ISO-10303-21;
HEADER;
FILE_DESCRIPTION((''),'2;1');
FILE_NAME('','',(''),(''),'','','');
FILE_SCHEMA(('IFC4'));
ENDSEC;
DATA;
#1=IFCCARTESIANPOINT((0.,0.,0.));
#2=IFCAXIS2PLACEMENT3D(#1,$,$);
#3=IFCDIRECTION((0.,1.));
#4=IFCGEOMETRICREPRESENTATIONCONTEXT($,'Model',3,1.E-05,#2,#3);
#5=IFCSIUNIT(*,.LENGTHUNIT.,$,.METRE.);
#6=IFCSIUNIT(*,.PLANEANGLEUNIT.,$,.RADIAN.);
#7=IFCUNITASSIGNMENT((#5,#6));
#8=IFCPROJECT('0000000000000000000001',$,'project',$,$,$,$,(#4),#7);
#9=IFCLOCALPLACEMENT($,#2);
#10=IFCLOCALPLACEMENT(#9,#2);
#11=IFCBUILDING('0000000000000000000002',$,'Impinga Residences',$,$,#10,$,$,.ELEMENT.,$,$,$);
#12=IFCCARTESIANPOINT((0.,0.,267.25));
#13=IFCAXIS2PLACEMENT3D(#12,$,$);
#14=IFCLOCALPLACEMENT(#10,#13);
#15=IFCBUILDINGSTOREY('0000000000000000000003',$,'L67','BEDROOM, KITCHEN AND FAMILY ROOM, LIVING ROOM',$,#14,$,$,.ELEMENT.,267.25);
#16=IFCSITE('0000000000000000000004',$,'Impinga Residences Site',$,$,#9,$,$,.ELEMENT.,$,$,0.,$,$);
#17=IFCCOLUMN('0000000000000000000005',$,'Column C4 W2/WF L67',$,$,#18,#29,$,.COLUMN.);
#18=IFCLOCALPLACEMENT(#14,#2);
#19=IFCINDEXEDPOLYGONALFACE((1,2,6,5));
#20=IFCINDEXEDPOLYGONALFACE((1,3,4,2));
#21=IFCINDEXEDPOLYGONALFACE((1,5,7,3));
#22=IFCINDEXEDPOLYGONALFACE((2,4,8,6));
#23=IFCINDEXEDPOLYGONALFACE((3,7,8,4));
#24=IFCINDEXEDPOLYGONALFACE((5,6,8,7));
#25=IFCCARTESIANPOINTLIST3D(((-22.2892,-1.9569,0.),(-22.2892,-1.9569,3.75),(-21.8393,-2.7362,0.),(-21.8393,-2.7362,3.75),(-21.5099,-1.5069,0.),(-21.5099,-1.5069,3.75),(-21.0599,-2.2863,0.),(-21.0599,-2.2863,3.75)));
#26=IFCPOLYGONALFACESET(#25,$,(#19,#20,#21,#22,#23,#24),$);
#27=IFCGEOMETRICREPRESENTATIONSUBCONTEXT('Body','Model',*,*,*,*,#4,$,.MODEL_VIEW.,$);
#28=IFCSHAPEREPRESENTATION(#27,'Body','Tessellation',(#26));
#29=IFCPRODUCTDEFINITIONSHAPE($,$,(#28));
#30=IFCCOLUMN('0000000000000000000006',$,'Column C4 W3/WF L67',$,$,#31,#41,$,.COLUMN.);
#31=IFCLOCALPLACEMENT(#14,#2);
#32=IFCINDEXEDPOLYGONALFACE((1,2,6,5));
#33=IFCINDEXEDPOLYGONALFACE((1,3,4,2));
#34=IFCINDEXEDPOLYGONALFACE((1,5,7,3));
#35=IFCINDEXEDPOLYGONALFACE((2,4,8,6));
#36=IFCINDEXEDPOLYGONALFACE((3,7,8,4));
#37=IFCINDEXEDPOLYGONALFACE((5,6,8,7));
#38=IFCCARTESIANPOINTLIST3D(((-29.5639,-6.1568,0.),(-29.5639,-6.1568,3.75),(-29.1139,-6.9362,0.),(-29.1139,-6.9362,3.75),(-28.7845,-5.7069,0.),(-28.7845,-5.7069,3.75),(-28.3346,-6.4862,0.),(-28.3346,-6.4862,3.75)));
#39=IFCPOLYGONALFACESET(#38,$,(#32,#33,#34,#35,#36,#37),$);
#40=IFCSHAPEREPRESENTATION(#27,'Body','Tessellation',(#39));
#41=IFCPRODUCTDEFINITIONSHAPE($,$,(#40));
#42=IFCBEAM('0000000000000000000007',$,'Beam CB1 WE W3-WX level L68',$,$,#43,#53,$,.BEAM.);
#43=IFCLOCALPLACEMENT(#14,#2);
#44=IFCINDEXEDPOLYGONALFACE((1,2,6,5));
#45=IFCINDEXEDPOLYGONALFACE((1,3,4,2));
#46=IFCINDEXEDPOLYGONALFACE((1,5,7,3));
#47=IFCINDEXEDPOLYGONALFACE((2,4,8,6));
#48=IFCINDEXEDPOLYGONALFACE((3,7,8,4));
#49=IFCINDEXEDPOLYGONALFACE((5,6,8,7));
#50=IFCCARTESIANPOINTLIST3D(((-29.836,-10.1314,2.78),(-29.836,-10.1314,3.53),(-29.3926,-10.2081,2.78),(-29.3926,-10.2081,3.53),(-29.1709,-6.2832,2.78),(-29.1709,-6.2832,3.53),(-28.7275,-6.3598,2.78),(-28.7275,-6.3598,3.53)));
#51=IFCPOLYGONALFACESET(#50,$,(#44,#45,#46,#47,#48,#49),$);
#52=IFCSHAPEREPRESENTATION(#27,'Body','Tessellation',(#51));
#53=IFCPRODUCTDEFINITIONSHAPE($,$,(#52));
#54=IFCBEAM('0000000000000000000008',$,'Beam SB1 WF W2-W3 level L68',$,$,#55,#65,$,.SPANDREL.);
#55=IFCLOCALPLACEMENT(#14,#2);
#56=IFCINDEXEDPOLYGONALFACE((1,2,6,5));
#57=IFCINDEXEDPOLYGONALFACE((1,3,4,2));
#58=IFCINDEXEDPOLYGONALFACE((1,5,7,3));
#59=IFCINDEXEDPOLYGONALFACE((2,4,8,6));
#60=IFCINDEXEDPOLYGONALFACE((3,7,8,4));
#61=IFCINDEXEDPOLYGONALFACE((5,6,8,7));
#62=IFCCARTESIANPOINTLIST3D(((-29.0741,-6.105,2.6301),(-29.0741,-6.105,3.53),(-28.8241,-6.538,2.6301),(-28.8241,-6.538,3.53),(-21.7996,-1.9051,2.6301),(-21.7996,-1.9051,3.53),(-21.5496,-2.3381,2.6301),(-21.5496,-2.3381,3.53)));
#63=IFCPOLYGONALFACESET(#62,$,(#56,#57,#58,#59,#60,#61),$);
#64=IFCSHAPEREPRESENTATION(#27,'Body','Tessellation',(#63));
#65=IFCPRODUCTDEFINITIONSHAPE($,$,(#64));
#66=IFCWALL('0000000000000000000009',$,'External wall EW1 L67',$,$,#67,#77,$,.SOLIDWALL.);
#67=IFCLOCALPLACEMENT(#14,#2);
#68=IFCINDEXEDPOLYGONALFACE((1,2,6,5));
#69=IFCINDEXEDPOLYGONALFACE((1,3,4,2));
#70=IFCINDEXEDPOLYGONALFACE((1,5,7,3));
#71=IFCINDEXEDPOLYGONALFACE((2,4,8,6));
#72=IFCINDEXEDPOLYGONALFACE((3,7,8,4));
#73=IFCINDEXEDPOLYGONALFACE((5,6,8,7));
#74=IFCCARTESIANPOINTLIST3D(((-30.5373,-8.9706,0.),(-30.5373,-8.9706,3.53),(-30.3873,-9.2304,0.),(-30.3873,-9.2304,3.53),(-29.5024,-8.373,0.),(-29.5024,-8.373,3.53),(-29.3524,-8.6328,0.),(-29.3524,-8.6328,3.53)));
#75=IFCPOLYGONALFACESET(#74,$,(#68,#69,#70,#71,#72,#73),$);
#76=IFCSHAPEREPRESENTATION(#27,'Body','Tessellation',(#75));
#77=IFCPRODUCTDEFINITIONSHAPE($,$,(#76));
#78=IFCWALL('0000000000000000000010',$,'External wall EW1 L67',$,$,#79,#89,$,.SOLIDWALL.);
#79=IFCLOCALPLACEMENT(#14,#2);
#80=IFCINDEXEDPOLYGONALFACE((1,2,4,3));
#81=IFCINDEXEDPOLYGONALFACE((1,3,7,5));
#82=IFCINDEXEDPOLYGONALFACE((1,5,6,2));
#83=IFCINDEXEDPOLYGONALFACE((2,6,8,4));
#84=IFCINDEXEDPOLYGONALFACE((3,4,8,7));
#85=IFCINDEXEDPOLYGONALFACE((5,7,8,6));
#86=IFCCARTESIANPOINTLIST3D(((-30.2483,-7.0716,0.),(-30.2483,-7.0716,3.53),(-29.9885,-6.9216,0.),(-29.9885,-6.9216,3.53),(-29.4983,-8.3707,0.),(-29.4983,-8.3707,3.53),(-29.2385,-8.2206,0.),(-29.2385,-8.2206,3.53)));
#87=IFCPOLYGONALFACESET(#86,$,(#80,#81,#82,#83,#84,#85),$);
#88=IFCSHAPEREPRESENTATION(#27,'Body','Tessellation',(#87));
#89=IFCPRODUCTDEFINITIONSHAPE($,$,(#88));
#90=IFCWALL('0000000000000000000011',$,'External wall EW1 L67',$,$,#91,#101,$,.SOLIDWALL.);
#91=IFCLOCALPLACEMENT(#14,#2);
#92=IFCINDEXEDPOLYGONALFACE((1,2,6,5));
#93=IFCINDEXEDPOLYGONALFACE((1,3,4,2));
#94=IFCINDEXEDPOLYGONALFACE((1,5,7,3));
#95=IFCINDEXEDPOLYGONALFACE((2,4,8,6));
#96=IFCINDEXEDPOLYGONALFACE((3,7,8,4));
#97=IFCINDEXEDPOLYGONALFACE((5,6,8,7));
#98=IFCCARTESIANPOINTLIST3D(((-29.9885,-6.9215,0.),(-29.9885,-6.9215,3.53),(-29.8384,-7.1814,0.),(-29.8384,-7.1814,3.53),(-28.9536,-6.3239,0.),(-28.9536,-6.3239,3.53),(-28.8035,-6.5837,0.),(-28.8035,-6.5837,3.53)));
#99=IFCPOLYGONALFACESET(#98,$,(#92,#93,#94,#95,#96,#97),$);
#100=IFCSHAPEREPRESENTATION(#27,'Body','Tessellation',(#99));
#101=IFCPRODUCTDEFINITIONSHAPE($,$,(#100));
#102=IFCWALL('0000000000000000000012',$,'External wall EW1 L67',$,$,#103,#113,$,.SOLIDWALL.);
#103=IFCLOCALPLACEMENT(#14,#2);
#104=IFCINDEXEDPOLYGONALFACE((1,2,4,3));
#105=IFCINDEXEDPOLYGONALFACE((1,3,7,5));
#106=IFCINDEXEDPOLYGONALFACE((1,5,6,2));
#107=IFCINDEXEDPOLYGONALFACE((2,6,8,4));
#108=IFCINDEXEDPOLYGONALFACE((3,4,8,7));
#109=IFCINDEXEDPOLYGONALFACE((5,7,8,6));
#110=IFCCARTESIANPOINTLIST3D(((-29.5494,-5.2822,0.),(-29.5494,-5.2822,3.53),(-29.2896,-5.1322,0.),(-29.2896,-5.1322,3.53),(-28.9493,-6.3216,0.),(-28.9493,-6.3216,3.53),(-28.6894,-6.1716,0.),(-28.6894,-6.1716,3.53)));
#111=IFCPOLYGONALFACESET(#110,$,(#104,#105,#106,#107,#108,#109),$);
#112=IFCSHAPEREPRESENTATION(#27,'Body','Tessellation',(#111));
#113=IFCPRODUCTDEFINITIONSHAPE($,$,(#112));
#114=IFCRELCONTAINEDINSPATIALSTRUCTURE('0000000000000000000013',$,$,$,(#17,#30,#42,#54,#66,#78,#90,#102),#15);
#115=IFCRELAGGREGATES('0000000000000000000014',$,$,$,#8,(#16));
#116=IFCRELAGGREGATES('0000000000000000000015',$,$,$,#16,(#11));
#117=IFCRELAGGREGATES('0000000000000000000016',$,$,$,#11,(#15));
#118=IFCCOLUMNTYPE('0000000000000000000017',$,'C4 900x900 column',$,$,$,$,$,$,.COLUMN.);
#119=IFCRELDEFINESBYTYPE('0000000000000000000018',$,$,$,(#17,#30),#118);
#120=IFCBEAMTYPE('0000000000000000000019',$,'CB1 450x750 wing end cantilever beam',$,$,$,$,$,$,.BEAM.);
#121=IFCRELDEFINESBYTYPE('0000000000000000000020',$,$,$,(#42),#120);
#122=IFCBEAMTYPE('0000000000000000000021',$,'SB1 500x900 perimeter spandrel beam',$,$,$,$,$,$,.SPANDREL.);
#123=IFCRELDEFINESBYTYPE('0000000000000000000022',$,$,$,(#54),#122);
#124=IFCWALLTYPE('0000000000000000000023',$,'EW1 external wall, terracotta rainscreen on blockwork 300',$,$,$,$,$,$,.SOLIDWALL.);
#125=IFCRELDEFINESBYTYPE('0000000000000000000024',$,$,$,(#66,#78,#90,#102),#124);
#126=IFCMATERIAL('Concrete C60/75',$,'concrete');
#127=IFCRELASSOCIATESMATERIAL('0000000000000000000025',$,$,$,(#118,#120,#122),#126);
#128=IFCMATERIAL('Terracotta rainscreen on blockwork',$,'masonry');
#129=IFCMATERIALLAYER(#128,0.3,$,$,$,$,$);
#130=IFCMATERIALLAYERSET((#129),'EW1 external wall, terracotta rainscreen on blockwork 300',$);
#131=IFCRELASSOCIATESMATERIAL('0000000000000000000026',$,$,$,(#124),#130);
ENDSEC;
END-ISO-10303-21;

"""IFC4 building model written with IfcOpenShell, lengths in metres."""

from ifc_helpers import new_model, si_unit, direction, frame, frame_2d, origin, origin_2d, place, context, subcontext, project, spatial, rectangle, extrude, material, layer, layer_set, material_profile, profile_set, type_object, element, save


model = new_model("IFC4")

# Units and contexts
model_context = context("Model", 3, precision=1e-05, world=origin(), true_north=direction((0.0, 1.0)))
body_context = subcontext(model_context, "Body", "Model", "MODEL_VIEW")
ifc_project = project(units=[si_unit("LENGTHUNIT", "METRE"), si_unit("PLANEANGLEUNIT", "RADIAN")], contexts=[model_context])

# Site, building, storey
site_placement = place(None, origin())
site = spatial("IfcSite", under=ifc_project, at=site_placement, Name="Impinga Residences Site", CompositionType="ELEMENT", RefElevation=0.0)
building_placement = place(site_placement, origin())
building = spatial("IfcBuilding", under=site, at=building_placement, Name="Impinga Residences", CompositionType="ELEMENT")
storey_placement = place(building_placement, frame((0.0, 0.0, 267.25)))
storey = spatial("IfcBuildingStorey", under=building, at=storey_placement, Name="L67", Description="BEDROOM, KITCHEN AND FAMILY ROOM, LIVING ROOM", CompositionType="ELEMENT", Elevation=267.25)

# Columns
ifc_material_1 = material(Name="Concrete C60/75", Category="concrete")
ifc_material_profile_1 = material_profile(ifc_material_1, rectangle(XDim=0.8999, YDim=0.8999, at=origin_2d()), Name="RC 900x900")
ifc_profile_set_1 = profile_set([ifc_material_profile_1], Name="Concrete C60/75")
column_type = type_object("IfcColumnType", Name="C4 900x900 column", PredefinedType="COLUMN", material=ifc_profile_set_1)
for number, where, z_axis, x_axis, name in (
    (1, (-21.6746, -2.1216, 0.0), (0.0, 0.0, 1.0), (-0.5, 0.866025, 0.0), "Column C4 W2/WF L67"),
    (2, (-28.9492, -6.3215, 0.0), (0.0, 0.0, 1.0), (-0.5, 0.866025, 0.0), "Column C4 W3/WF L67"),
):
    element("IfcColumn", number, at=place(storey_placement, frame(where, z_axis=z_axis, x_axis=x_axis)), inside=storey, type_object=column_type, Name=name, PredefinedType="COLUMN", context=body_context, shape_type="SweptSolid", body=[
        extrude(rectangle(XDim=0.8999, YDim=0.8999, at=origin_2d()), origin(), (0.0, 0.0, 1.0), 3.75),
    ])

# Beams
ifc_material_profile_2 = material_profile(ifc_material_1, rectangle(XDim=0.45, YDim=0.75, at=origin_2d()), Name="RC 450x750")
ifc_profile_set_2 = profile_set([ifc_material_profile_2], Name="Concrete C60/75")
beam_type_1 = type_object("IfcBeamType", Name="CB1 450x750 wing end cantilever beam", PredefinedType="BEAM", material=ifc_profile_set_2)
beam_1_placement = place(storey_placement, frame((-28.9492, -6.3215, 3.155), z_axis=(-0.170296, -0.985393, 0.0), x_axis=(0.985393, -0.170296, 0.0)))
element("IfcBeam", 3, at=beam_1_placement, inside=storey, type_object=beam_type_1, Name="Beam CB1 WE W3-WX level L68", PredefinedType="BEAM", context=body_context, shape_type="SweptSolid", body=[
    extrude(rectangle(XDim=0.45, YDim=0.75, at=origin_2d()), origin(), (0.0, 0.0, 1.0), 3.9053),
])
ifc_material_profile_3 = material_profile(ifc_material_1, rectangle(XDim=0.5, YDim=0.8999, at=origin_2d()), Name="RC 500x900")
ifc_profile_set_3 = profile_set([ifc_material_profile_3], Name="Concrete C60/75")
beam_type_2 = type_object("IfcBeamType", Name="SB1 500x900 perimeter spandrel beam", PredefinedType="SPANDREL", material=ifc_profile_set_3)
beam_2_placement = place(storey_placement, frame((-21.6746, -2.1216, 3.0801), z_axis=(-0.866029, -0.499993, 0.0), x_axis=(0.499993, -0.866029, 0.0)))
element("IfcBeam", 4, at=beam_2_placement, inside=storey, type_object=beam_type_2, Name="Beam SB1 WF W2-W3 level L68", PredefinedType="SPANDREL", context=body_context, shape_type="SweptSolid", body=[
    extrude(rectangle(XDim=0.5, YDim=0.8999, at=origin_2d()), origin(), (0.0, 0.0, 1.0), 8.3999),
])

# Walls
ifc_material_2 = material(Name="Terracotta rainscreen on blockwork", Category="masonry")
ifc_layer_1 = layer(ifc_material_2, 0.3)
ifc_layer_set_1 = layer_set([ifc_layer_1], Name="EW1 external wall, terracotta rainscreen on blockwork 300")
wall_type_1 = type_object("IfcWallType", Name="EW1 external wall, terracotta rainscreen on blockwork 300", PredefinedType="SOLIDWALL", material=ifc_layer_set_1)
wall_1_placement = place(storey_placement, frame((-30.4624, -9.1006, 0.0), z_axis=(0.0, 0.0, 1.0), x_axis=(0.865971, 0.500094, 0.0)))
element("IfcWall", 5, at=wall_1_placement, inside=storey, type_object=wall_type_1, Name="External wall EW1 L67", PredefinedType="SOLIDWALL", context=body_context, shape_type="SweptSolid", body=[
    extrude(rectangle(XDim=1.1951, YDim=0.3, at=frame_2d((0.5977, 0.0))), origin(), (0.0, 0.0, 1.0), 3.53),
])
wall_2_placement = place(storey_placement, frame((-29.3684, -8.2957, 0.0), z_axis=(0.0, 0.0, 1.0), x_axis=(-0.49999, 0.866031, 0.0)))
element("IfcWall", 6, at=wall_2_placement, inside=storey, type_object=wall_type_1, Name="External wall EW1 L67", PredefinedType="SOLIDWALL", context=body_context, shape_type="SweptSolid", body=[
    extrude(rectangle(XDim=1.5, YDim=0.3, at=frame_2d((0.75, 0.0))), origin(), (0.0, 0.0, 1.0), 3.53),
])
wall_3_placement = place(storey_placement, frame((-29.9136, -7.0515, 0.0), z_axis=(0.0, 0.0, 1.0), x_axis=(0.865971, 0.500094, 0.0)))
element("IfcWall", 7, at=wall_3_placement, inside=storey, type_object=wall_type_1, Name="External wall EW1 L67", PredefinedType="SOLIDWALL", context=body_context, shape_type="SweptSolid", body=[
    extrude(rectangle(XDim=1.1951, YDim=0.3, at=frame_2d((0.5977, 0.0))), origin(), (0.0, 0.0, 1.0), 3.53),
])
wall_4_placement = place(storey_placement, frame((-28.8193, -6.2466, 0.0), z_axis=(0.0, 0.0, 1.0), x_axis=(-0.500034, 0.866006, 0.0)))
element("IfcWall", 8, at=wall_4_placement, inside=storey, type_object=wall_type_1, Name="External wall EW1 L67", PredefinedType="SOLIDWALL", context=body_context, shape_type="SweptSolid", body=[
    extrude(rectangle(XDim=1.2002, YDim=0.3, at=frame_2d((0.6001, 0.0))), origin(), (0.0, 0.0, 1.0), 3.53),
])

save(model, "model.ifc")
